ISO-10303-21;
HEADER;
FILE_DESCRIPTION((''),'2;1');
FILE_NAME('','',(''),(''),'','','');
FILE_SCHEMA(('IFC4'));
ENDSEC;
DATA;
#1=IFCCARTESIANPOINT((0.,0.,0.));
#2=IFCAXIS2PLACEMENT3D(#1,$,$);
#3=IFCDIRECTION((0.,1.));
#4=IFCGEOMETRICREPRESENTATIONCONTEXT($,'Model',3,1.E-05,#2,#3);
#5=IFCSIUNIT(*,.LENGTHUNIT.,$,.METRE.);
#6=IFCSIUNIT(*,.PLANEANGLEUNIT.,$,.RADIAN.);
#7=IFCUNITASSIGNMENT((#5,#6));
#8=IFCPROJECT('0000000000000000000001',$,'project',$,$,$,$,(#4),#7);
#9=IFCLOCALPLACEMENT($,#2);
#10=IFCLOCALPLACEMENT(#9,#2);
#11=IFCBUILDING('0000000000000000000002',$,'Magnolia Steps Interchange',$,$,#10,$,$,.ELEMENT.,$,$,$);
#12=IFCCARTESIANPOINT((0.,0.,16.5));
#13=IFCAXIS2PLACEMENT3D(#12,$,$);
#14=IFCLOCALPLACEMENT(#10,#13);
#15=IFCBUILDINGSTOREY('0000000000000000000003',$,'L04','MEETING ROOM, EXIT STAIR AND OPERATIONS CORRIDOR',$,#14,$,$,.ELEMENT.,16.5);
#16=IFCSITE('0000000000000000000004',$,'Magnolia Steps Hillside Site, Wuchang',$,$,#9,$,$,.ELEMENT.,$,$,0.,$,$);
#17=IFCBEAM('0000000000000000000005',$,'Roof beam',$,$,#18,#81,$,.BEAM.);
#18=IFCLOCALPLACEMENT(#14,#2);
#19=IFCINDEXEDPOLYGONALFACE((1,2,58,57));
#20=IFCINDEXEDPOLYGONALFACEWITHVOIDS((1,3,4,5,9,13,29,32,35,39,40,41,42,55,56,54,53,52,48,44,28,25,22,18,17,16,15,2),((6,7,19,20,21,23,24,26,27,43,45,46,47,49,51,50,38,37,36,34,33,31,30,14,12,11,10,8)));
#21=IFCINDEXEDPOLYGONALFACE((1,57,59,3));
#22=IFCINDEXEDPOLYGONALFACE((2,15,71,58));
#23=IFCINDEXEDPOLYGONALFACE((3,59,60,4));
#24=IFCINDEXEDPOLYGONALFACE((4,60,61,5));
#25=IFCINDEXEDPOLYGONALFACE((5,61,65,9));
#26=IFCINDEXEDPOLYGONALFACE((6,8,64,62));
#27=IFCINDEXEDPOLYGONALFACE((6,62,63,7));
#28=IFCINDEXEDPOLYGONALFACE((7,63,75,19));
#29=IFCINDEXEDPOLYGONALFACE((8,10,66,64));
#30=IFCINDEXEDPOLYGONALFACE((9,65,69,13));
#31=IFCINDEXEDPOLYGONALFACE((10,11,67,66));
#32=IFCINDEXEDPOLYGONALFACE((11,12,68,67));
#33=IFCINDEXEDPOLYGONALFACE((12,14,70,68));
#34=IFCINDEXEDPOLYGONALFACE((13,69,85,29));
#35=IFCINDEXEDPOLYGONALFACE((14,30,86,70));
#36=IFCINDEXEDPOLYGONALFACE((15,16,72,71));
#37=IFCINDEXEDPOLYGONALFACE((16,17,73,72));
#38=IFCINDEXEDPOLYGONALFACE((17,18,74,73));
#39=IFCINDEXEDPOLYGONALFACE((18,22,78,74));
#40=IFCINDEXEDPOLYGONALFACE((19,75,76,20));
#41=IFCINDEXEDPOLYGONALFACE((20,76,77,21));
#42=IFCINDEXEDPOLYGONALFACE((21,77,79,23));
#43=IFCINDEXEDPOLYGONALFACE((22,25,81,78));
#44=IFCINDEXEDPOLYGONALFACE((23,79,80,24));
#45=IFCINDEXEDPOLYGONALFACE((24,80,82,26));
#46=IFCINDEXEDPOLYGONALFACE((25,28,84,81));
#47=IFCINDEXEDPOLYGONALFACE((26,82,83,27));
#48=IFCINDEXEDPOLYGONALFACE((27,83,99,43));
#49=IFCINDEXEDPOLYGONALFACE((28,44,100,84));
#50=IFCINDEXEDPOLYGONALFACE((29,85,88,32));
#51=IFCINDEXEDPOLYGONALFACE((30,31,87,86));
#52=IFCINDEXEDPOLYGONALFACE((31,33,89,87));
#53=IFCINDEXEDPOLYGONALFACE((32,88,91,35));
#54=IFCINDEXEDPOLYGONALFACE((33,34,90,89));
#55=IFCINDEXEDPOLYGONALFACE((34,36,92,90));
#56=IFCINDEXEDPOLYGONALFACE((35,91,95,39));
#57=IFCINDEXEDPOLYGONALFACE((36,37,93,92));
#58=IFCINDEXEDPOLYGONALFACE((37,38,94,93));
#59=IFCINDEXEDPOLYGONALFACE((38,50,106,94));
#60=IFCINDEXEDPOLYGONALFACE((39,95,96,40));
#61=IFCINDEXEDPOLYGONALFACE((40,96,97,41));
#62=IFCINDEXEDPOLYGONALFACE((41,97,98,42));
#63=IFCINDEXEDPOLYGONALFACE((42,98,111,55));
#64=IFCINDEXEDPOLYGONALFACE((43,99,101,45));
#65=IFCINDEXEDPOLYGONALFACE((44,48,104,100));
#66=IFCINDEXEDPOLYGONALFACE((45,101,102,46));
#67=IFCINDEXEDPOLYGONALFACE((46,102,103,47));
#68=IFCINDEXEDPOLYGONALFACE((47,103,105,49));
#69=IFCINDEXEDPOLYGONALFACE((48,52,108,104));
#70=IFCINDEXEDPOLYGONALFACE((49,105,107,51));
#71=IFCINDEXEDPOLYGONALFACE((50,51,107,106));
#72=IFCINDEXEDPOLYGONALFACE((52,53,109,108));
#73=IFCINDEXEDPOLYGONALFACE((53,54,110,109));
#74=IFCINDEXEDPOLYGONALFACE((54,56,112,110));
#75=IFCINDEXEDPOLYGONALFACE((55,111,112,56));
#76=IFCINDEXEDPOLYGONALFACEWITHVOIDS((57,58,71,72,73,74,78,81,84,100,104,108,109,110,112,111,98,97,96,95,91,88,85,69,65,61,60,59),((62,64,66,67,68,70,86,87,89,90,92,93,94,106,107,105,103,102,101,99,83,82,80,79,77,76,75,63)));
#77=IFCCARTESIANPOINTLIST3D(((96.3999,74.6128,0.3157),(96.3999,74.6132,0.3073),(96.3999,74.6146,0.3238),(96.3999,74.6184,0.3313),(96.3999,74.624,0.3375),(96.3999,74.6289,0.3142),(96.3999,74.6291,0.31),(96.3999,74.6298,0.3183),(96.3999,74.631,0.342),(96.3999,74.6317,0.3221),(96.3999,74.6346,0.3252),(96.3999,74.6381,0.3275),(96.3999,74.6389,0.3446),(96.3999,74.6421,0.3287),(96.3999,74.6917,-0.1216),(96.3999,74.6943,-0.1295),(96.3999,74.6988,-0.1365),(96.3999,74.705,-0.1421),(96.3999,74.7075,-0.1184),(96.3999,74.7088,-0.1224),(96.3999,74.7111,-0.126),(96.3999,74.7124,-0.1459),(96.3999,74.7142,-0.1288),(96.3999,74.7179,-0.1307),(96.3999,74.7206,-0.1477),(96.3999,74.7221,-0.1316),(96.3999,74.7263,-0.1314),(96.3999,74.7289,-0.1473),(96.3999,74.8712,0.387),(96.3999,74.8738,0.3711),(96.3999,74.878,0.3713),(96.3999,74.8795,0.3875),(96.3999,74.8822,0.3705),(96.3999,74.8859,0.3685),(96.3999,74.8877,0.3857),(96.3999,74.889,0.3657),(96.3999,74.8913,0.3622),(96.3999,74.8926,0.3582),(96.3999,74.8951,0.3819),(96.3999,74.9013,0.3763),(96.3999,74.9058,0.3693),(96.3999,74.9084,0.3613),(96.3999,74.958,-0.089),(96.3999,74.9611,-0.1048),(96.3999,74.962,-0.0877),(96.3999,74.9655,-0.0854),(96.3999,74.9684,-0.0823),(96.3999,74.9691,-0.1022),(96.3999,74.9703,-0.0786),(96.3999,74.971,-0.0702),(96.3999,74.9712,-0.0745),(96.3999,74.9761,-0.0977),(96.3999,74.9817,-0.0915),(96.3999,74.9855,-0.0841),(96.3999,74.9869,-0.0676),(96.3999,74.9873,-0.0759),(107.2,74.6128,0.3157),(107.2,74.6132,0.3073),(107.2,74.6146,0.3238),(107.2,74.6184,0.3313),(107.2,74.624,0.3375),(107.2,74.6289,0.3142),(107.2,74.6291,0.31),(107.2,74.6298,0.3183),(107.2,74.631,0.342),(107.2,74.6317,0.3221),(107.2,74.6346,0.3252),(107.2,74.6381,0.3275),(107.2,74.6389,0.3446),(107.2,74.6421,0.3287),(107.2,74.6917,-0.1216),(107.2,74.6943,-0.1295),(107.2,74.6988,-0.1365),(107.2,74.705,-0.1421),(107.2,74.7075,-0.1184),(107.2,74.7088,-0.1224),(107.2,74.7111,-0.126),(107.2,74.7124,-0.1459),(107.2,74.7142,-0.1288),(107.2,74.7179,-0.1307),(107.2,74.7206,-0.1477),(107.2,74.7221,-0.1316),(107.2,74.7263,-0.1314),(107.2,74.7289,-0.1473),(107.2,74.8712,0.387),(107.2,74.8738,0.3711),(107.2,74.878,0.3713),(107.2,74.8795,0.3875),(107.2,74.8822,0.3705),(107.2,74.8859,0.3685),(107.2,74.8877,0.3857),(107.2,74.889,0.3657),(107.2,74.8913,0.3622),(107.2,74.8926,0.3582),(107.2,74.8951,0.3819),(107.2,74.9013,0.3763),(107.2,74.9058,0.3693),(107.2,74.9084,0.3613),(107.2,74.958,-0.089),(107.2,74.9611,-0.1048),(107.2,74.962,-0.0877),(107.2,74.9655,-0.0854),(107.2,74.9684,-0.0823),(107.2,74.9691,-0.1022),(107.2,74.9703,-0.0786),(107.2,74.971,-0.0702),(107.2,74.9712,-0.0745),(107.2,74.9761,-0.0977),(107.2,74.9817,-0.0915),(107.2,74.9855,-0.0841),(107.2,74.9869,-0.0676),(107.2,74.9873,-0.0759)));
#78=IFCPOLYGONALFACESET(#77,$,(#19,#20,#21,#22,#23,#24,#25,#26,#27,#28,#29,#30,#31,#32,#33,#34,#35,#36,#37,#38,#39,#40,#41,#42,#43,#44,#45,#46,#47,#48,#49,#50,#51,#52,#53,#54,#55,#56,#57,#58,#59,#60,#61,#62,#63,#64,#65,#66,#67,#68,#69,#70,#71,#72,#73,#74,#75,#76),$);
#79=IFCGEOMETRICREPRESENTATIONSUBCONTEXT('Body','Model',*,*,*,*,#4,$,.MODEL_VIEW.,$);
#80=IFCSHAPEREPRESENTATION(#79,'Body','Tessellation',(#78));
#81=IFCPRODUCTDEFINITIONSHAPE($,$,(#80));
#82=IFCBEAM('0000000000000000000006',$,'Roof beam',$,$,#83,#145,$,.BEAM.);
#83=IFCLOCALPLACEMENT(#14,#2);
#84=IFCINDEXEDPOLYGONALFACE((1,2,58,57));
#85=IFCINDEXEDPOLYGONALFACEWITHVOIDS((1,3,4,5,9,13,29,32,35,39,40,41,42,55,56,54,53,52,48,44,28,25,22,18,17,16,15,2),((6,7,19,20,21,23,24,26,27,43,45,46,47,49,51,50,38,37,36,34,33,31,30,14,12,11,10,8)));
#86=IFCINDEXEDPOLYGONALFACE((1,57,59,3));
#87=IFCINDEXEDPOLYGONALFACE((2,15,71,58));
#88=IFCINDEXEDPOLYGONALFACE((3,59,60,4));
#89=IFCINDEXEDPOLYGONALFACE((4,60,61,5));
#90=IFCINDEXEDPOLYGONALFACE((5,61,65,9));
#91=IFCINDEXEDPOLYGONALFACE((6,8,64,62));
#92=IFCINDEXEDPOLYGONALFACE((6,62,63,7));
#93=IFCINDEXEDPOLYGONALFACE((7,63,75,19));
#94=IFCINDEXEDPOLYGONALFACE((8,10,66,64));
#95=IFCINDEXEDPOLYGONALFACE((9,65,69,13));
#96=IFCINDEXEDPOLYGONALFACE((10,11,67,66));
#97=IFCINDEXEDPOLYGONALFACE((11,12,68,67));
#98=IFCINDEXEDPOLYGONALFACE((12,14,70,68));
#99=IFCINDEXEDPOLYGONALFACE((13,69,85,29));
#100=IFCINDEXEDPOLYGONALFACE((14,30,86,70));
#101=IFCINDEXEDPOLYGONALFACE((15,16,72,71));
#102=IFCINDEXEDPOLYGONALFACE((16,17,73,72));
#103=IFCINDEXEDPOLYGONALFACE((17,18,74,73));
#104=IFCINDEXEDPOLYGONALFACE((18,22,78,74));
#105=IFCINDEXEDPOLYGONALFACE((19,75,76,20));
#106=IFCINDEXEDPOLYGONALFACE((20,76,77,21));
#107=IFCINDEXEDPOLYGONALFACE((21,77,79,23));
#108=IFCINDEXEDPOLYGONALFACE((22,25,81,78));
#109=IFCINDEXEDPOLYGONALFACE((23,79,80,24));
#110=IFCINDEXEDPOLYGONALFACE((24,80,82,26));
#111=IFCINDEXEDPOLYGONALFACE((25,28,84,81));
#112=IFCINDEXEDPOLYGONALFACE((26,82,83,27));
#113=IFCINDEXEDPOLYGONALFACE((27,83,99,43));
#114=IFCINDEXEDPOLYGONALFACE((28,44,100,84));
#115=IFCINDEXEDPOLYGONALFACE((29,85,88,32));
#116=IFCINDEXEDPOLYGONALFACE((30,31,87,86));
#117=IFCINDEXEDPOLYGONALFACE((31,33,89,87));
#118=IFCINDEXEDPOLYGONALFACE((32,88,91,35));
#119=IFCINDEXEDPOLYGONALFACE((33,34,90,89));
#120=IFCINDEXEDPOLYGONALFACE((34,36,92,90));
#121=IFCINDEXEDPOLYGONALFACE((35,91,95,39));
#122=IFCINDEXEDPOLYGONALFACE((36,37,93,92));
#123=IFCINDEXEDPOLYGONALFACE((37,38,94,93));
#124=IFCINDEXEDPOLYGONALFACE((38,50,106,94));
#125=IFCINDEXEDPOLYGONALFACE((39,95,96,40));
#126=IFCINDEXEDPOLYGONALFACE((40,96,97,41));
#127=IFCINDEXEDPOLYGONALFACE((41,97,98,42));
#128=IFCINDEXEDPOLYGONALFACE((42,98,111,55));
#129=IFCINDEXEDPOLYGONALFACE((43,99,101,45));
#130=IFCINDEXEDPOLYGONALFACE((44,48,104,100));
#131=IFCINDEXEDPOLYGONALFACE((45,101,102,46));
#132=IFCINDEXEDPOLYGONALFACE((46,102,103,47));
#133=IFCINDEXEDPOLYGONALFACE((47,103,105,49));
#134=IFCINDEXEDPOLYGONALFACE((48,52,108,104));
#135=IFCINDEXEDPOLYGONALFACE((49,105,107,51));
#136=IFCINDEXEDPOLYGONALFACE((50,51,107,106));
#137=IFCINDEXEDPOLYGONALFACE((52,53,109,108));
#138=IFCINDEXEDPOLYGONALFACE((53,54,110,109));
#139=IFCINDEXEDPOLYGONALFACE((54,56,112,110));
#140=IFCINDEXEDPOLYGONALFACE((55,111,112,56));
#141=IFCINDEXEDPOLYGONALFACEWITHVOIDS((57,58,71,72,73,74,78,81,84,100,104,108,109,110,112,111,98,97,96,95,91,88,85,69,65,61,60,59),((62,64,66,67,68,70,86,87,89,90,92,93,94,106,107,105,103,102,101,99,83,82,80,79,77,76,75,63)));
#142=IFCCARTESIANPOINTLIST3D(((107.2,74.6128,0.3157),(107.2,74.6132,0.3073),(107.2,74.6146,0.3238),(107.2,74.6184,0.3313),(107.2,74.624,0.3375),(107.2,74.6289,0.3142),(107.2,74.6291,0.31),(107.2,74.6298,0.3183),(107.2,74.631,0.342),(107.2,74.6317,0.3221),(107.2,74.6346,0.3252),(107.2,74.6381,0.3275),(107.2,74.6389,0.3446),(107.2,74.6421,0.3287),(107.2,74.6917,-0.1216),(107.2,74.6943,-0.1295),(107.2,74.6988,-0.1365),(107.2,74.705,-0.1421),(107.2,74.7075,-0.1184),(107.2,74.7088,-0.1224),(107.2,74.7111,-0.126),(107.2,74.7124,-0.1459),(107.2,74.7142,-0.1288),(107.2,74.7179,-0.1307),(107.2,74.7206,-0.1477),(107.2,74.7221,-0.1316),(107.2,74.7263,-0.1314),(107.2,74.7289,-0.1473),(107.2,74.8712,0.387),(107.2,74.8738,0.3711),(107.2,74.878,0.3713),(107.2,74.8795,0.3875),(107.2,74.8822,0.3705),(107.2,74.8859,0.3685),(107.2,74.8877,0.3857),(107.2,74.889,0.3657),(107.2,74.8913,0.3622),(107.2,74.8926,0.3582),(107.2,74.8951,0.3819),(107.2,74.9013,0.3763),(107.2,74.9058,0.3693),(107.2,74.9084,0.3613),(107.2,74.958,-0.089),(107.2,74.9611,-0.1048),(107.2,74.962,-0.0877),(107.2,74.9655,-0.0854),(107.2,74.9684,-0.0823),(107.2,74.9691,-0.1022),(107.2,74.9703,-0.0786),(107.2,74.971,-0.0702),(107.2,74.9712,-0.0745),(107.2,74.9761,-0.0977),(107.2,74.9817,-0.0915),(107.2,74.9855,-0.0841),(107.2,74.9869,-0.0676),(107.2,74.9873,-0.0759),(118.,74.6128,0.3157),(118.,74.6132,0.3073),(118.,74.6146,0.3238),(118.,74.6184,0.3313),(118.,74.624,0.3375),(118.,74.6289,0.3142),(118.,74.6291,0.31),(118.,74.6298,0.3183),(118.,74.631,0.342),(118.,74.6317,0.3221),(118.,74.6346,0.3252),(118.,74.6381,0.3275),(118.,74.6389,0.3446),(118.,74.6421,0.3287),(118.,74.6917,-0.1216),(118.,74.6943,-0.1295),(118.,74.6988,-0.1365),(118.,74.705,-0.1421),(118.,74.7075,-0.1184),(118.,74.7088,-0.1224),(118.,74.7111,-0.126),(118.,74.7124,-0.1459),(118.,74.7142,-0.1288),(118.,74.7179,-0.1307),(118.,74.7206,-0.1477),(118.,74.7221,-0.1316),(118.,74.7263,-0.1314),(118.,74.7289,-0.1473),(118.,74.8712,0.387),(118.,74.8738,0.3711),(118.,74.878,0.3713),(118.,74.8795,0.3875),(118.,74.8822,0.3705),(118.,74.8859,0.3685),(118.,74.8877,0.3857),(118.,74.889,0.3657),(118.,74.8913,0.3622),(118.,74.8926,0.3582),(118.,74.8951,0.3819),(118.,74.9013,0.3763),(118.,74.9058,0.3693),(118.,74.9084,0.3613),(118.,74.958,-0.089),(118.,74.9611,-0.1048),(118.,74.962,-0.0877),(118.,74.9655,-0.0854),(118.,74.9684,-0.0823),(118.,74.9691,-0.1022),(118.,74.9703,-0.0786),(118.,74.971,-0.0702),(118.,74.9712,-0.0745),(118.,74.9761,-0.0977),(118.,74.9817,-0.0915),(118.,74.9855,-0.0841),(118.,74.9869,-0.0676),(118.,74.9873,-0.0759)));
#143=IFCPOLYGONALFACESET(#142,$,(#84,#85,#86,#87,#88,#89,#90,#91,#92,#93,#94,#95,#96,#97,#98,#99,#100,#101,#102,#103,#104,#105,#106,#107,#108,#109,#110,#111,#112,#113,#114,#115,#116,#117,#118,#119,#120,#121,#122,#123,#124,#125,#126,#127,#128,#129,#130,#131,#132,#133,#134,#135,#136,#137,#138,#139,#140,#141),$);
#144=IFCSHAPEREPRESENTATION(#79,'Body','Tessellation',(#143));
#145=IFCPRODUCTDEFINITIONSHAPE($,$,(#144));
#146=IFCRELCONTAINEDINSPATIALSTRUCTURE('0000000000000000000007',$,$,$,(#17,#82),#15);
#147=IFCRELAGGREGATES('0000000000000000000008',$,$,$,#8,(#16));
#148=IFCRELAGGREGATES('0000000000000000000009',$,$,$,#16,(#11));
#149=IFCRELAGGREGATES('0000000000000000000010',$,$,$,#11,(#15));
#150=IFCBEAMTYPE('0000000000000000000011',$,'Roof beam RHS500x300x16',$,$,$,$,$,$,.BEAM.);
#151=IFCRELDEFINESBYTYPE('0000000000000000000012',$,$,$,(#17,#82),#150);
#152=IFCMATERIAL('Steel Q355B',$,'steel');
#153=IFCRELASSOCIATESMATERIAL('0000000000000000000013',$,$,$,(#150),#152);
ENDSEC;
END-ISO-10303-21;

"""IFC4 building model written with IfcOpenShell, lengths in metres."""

from ifc_helpers import new_model, si_unit, direction, frame, origin, origin_2d, place, context, subcontext, project, spatial, hollow_rectangle, extrude, material, material_profile, profile_set, type_object, element, save


model = new_model("IFC4")

# Units and contexts
model_context = context("Model", 3, precision=1e-05, world=origin(), true_north=direction((0.0, 1.0)))
body_context = subcontext(model_context, "Body", "Model", "MODEL_VIEW")
ifc_project = project(units=[si_unit("LENGTHUNIT", "METRE"), si_unit("PLANEANGLEUNIT", "RADIAN")], contexts=[model_context])

# Site, building, storey
site_placement = place(None, origin())
site = spatial("IfcSite", under=ifc_project, at=site_placement, Name="Magnolia Steps Hillside Site, Wuchang", CompositionType="ELEMENT", RefElevation=0.0)
building_placement = place(site_placement, origin())
building = spatial("IfcBuilding", under=site, at=building_placement, Name="Magnolia Steps Interchange", CompositionType="ELEMENT")
storey_placement = place(building_placement, frame((0.0, 0.0, 16.5)))
storey = spatial("IfcBuildingStorey", under=building, at=storey_placement, Name="L04", Description="MEETING ROOM, EXIT STAIR AND OPERATIONS CORRIDOR", CompositionType="ELEMENT", Elevation=16.5)

# Beams
ifc_material_1 = material(Name="Steel Q355B", Category="steel")
ifc_material_profile_1 = material_profile(ifc_material_1, hollow_rectangle(XDim=0.3, YDim=0.5, WallThickness=0.0161, InnerFilletRadius=0.0161, OuterFilletRadius=0.032, at=origin_2d()), Name="RHS500x300x16")
ifc_profile_set_1 = profile_set([ifc_material_profile_1], Name="Steel Q355B")
beam_type_1 = type_object("IfcBeamType", Name="Roof beam RHS500x300x16", PredefinedType="BEAM", material=ifc_profile_set_1)
for number, where, z_axis, x_axis, name in (
    (1, (96.3999, 74.8, 0.1199), (1.0, 0.0, 0.0), (0.0, 0.983677, 0.179941), "Roof beam"),
    (2, (107.2, 74.8, 0.1199), (1.0, 0.0, 0.0), (0.0, 0.983677, 0.179941), "Roof beam"),
):
    element("IfcBeam", number, at=place(storey_placement, frame(where, z_axis=z_axis, x_axis=x_axis)), inside=storey, type_object=beam_type_1, Name=name, PredefinedType="BEAM", context=body_context, shape_type="SweptSolid", body=[
        extrude(hollow_rectangle(XDim=0.3, YDim=0.5, WallThickness=0.0161, InnerFilletRadius=0.0161, OuterFilletRadius=0.032, at=origin_2d()), origin(), (0.0, 0.0, 1.0), 10.8),
    ])

save(model, "model.ifc")
